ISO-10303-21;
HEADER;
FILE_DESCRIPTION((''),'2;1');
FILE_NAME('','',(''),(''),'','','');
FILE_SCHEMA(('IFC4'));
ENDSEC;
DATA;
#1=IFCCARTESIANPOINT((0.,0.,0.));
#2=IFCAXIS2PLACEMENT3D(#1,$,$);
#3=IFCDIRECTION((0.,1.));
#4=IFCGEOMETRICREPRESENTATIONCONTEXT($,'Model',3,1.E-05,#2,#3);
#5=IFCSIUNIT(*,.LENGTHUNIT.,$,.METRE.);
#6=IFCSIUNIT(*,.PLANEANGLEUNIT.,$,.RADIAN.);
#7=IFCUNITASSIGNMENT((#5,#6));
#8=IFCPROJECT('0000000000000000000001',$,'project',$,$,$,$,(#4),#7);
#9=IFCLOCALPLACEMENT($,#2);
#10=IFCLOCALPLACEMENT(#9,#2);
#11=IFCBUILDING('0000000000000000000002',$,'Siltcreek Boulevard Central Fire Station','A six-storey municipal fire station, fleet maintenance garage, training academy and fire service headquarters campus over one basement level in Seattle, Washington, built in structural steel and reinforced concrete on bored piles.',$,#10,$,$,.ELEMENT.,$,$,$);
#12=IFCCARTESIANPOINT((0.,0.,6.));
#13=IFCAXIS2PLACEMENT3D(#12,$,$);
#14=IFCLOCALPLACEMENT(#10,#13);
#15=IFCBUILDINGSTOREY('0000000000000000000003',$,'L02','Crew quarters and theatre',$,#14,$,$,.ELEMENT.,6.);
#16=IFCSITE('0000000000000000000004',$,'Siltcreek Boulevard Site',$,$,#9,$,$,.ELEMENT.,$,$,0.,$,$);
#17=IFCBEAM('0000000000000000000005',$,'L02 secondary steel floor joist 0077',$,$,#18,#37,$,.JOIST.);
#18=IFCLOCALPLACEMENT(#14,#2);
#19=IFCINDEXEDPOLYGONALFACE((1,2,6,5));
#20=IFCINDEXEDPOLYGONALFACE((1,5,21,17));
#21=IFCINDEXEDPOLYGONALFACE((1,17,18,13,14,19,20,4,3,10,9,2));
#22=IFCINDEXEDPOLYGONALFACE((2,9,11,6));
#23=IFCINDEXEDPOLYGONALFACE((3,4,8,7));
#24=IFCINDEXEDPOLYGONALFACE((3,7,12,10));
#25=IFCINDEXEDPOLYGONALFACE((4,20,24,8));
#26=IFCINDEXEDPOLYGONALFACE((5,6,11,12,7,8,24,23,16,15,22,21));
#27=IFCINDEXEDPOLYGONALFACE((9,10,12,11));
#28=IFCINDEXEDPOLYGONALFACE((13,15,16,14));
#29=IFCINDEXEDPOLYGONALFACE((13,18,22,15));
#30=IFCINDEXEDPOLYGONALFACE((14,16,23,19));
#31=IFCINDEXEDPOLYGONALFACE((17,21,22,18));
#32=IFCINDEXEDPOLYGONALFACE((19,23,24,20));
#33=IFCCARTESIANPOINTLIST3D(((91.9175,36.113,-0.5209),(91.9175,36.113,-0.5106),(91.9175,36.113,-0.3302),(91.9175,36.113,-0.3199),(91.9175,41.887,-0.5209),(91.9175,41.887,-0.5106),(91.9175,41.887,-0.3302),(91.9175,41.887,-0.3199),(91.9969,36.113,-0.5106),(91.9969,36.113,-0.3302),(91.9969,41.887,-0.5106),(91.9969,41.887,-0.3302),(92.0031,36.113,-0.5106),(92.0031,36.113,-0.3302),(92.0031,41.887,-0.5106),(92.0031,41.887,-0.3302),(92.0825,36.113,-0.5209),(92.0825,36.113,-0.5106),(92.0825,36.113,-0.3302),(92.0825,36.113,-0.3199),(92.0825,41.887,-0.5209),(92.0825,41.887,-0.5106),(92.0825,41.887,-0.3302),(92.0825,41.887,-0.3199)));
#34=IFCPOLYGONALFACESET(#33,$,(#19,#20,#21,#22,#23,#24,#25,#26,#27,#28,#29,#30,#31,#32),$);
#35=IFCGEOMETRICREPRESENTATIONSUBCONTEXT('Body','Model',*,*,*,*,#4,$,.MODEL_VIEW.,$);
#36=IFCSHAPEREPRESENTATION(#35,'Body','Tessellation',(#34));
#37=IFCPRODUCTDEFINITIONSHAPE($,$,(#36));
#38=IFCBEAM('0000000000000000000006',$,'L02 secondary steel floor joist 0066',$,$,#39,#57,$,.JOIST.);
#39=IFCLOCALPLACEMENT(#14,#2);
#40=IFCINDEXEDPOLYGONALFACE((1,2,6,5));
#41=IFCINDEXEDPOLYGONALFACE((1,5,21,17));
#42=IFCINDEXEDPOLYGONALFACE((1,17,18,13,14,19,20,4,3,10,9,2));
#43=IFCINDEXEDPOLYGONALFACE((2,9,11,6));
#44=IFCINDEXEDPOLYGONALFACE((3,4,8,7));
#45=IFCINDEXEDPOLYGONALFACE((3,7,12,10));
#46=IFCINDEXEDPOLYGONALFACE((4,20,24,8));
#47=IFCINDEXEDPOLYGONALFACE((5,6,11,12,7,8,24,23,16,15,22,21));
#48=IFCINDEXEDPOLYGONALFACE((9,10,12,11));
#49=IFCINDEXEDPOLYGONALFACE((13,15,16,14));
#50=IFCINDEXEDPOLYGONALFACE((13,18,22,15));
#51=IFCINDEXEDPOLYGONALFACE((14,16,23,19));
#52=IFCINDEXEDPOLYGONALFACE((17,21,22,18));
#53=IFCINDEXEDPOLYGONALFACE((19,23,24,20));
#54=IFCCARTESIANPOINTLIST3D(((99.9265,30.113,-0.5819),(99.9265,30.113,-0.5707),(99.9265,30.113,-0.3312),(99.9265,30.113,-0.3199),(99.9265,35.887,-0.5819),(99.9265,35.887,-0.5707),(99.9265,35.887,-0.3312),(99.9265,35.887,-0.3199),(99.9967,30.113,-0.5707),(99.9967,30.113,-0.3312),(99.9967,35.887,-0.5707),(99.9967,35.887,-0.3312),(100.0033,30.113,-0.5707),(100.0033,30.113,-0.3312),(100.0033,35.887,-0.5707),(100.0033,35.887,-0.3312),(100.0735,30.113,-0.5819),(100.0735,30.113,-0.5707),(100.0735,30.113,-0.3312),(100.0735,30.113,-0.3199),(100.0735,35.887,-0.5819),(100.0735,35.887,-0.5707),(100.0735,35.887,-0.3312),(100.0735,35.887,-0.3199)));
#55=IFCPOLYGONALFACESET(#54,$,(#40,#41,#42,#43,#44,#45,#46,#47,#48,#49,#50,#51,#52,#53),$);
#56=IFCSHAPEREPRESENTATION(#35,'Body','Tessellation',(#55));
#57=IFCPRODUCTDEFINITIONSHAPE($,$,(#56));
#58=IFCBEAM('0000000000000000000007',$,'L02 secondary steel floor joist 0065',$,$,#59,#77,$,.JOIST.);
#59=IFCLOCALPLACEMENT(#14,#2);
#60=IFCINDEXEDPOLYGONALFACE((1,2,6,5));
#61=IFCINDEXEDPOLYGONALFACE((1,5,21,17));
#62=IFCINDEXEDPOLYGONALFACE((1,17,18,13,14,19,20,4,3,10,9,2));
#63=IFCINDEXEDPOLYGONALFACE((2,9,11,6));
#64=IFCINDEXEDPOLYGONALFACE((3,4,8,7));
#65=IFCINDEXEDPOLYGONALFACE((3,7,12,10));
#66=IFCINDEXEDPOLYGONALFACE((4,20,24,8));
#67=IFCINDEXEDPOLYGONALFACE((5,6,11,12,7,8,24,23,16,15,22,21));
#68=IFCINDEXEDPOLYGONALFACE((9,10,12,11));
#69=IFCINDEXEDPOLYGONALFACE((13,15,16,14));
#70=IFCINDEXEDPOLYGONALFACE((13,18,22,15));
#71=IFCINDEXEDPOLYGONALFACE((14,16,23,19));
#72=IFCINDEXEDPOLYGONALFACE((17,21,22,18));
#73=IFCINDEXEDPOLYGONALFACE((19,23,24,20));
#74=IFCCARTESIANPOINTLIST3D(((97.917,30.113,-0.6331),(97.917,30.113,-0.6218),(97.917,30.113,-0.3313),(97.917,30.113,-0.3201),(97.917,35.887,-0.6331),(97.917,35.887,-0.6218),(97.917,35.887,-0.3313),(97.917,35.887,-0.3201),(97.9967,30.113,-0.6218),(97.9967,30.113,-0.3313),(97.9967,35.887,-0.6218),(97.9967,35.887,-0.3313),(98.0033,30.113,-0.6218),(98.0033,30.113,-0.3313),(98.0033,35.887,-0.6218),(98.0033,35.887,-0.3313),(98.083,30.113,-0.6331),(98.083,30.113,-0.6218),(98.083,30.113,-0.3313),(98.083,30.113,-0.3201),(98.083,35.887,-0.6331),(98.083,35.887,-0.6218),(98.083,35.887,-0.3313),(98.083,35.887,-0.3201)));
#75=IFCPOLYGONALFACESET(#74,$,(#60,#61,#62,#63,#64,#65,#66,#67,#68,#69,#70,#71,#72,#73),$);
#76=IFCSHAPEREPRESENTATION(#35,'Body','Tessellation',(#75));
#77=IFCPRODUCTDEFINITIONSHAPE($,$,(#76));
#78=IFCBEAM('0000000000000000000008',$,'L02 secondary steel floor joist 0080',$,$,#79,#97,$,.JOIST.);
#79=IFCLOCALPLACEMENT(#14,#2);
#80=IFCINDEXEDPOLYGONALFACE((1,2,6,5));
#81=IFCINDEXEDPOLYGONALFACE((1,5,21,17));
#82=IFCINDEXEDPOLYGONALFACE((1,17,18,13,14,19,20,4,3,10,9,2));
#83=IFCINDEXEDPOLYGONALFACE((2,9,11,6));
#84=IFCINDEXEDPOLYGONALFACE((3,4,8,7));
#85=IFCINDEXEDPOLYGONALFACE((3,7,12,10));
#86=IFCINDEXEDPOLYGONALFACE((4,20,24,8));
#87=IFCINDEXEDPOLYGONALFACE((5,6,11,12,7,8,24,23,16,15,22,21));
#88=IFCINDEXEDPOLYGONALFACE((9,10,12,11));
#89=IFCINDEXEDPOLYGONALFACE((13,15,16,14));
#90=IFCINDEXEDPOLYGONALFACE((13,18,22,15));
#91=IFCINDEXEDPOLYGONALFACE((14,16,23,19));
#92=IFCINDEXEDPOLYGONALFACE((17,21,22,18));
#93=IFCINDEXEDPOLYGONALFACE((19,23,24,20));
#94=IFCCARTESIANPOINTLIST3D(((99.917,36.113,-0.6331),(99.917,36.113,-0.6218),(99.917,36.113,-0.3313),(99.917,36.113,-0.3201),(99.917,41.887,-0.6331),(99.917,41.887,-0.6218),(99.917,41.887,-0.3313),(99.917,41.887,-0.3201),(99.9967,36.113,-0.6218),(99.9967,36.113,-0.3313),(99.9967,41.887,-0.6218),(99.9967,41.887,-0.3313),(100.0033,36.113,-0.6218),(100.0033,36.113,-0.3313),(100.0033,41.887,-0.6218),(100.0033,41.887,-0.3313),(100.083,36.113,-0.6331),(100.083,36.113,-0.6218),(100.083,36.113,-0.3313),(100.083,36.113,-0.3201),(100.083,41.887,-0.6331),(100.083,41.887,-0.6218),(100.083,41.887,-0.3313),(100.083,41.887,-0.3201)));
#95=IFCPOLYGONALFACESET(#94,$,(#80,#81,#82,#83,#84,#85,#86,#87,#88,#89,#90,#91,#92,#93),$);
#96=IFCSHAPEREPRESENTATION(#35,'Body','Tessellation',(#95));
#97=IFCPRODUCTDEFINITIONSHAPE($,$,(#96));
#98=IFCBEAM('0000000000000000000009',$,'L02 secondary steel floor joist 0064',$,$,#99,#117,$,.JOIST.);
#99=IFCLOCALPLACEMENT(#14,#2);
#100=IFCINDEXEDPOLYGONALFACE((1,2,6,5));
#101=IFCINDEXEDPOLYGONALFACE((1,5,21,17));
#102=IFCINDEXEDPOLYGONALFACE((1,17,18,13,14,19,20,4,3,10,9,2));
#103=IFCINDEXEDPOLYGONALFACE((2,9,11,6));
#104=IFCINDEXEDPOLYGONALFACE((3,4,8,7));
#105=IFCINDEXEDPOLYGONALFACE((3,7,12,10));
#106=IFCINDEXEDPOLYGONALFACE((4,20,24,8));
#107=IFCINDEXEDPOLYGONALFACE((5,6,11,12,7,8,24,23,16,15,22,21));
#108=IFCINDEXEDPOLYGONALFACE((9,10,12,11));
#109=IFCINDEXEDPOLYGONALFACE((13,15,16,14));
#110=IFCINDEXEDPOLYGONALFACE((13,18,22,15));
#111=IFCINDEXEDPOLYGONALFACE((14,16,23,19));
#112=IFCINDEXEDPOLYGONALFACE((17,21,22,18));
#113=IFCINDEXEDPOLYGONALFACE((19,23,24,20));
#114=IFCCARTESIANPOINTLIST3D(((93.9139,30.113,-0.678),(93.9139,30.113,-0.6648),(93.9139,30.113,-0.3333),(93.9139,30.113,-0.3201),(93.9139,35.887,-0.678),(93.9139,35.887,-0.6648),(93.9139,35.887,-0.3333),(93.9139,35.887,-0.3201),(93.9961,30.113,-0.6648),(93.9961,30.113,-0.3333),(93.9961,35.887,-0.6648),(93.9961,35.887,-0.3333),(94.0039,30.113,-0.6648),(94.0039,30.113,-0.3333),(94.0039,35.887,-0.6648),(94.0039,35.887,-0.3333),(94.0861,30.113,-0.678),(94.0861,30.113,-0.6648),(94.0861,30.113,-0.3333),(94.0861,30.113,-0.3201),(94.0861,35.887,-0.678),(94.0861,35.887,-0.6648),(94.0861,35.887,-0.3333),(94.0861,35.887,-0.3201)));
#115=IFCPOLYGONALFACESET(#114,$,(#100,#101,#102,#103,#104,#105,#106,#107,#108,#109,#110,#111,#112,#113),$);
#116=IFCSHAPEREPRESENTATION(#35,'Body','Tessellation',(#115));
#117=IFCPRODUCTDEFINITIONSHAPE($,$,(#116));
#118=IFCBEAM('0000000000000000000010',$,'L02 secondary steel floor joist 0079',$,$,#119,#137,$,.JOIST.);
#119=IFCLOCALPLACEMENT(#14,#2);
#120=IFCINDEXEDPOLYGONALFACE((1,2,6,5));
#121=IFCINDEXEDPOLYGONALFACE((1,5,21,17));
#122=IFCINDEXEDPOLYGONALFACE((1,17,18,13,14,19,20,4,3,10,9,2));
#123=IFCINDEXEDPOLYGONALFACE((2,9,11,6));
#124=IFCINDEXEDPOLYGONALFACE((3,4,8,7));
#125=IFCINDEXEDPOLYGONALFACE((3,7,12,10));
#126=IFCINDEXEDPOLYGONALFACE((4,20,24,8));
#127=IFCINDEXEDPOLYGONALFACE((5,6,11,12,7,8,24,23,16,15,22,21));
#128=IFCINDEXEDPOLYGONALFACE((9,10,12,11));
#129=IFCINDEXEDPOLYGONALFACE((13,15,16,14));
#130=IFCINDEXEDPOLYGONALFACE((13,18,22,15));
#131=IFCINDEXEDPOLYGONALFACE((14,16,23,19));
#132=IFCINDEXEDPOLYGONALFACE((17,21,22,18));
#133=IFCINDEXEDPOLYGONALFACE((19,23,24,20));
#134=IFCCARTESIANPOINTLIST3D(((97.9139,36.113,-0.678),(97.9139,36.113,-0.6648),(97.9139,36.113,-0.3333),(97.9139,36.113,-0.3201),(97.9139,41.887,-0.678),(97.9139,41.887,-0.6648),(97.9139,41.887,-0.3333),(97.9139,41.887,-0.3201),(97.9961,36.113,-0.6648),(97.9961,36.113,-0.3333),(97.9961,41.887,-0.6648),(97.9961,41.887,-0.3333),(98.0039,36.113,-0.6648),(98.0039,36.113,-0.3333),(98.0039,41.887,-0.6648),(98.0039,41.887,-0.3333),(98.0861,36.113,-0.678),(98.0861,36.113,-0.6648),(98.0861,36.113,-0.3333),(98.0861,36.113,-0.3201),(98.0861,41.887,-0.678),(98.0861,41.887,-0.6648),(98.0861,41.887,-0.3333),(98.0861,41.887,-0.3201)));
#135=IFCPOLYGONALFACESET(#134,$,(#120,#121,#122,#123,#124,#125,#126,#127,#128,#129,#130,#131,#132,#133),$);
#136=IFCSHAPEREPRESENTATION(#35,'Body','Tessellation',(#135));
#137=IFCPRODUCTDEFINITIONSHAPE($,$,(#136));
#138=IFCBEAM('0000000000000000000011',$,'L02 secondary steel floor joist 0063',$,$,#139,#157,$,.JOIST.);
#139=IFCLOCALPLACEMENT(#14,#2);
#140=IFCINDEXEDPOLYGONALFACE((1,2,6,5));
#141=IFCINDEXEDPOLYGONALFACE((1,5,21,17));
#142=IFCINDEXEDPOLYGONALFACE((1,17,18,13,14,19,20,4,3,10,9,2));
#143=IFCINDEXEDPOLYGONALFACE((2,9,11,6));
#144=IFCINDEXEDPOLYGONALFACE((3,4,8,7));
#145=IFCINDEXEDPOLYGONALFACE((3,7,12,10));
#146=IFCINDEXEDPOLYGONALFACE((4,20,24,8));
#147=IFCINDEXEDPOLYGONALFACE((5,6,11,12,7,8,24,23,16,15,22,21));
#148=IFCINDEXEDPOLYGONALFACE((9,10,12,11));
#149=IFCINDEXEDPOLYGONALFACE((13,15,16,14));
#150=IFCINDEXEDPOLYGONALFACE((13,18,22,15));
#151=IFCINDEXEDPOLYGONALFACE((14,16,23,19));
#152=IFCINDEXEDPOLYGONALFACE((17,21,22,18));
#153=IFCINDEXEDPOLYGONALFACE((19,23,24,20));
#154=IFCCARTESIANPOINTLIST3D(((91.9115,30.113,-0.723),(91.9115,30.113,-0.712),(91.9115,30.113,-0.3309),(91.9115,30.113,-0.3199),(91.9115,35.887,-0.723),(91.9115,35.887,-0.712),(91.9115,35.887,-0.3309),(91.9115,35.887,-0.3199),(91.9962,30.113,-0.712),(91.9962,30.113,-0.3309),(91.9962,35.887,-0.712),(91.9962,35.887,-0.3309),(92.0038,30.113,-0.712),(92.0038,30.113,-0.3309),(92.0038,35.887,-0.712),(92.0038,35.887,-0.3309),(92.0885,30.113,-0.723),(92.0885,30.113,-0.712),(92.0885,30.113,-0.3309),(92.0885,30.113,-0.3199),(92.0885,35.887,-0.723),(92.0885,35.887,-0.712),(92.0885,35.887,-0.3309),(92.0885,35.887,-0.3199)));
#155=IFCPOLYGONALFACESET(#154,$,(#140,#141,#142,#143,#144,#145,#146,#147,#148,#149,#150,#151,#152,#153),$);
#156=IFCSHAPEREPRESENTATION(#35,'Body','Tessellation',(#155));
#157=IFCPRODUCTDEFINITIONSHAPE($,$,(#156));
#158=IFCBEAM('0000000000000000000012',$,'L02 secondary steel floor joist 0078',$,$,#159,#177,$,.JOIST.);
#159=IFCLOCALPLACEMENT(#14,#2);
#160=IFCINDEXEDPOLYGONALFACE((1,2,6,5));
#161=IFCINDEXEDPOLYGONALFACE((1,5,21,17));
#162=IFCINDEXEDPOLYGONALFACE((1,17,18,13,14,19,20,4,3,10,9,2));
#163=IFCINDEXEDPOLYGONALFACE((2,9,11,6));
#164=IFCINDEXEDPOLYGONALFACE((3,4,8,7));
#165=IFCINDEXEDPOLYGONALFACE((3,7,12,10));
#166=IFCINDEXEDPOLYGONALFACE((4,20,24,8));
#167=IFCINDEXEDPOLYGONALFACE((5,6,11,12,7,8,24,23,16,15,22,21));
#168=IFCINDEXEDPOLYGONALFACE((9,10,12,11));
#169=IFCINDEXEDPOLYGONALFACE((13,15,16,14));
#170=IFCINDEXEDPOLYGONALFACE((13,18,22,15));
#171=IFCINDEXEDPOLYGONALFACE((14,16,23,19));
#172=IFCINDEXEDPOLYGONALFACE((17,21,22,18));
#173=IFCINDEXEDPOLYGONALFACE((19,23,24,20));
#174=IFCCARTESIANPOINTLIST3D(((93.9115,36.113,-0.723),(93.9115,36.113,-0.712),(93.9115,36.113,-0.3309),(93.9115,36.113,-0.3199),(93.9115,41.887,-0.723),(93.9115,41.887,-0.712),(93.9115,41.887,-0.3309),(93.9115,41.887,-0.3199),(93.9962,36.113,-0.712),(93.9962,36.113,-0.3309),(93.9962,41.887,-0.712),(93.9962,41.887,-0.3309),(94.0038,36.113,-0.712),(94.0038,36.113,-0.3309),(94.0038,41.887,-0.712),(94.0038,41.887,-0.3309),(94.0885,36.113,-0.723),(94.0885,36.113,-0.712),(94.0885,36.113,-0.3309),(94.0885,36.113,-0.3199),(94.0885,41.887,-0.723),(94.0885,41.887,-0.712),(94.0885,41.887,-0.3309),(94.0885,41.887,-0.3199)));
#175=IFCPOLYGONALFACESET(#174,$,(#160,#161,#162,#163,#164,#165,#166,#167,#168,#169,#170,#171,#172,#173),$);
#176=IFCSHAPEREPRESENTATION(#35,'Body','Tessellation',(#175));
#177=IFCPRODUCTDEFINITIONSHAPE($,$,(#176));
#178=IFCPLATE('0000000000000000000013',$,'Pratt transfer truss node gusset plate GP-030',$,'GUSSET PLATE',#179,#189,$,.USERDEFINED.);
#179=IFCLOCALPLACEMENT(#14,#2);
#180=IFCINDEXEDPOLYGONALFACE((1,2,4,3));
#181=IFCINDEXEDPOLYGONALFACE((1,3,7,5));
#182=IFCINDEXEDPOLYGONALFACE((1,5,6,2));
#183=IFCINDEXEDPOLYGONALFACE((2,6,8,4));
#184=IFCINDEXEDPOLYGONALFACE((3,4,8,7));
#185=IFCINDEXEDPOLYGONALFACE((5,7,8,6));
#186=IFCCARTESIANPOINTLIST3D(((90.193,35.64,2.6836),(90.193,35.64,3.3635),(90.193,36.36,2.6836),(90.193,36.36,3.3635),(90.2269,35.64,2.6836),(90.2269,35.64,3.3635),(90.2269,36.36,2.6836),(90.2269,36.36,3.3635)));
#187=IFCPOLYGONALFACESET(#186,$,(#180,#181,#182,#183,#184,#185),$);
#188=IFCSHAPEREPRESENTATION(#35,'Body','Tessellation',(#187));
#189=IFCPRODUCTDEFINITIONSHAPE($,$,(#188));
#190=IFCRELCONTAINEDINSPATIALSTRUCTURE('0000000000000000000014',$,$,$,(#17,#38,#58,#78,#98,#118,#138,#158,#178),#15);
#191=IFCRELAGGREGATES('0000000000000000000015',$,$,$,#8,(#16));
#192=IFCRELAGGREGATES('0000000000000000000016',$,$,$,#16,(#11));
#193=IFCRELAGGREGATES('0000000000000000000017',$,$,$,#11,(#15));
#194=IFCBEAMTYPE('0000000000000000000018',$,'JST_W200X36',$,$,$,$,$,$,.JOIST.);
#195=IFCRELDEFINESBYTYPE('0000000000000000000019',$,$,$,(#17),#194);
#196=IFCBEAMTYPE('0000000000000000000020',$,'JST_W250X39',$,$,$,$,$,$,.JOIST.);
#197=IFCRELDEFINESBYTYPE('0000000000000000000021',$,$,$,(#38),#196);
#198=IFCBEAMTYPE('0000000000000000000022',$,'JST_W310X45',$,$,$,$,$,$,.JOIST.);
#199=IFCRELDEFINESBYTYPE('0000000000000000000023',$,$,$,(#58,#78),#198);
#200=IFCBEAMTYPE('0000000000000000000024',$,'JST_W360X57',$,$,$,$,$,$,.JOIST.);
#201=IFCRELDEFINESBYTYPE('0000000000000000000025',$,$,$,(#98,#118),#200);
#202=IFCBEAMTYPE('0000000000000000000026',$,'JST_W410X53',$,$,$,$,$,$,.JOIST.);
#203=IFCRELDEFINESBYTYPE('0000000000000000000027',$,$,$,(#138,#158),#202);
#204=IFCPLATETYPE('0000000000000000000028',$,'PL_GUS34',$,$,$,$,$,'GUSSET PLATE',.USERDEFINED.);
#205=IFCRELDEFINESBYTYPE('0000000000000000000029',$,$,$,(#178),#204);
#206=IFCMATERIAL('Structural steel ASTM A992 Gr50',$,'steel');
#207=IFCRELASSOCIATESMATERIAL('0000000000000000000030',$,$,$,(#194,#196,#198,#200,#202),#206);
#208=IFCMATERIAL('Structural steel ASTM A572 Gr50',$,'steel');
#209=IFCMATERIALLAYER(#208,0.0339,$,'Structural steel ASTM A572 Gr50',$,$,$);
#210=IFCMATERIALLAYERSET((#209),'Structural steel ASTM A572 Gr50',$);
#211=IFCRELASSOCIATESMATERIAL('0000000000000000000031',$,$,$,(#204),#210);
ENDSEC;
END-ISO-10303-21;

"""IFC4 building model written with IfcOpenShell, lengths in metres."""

from ifc_helpers import new_model, si_unit, direction, frame, origin, origin_2d, place, context, subcontext, project, spatial, rectangle, i_section, extrude, material, layer, layer_set, material_profile, profile_set, type_object, element, save


model = new_model("IFC4")

# Units and contexts
model_context = context("Model", 3, precision=1e-05, world=origin(), true_north=direction((0.0, 1.0)))
body_context = subcontext(model_context, "Body", "Model", "MODEL_VIEW")
ifc_project = project(units=[si_unit("LENGTHUNIT", "METRE"), si_unit("PLANEANGLEUNIT", "RADIAN")], contexts=[model_context])

# Site, building, storey
site_placement = place(None, origin())
site = spatial("IfcSite", under=ifc_project, at=site_placement, Name="Siltcreek Boulevard Site", CompositionType="ELEMENT", RefElevation=0.0)
building_placement = place(site_placement, origin())
building = spatial("IfcBuilding", under=site, at=building_placement, Name="Siltcreek Boulevard Central Fire Station", Description="A six-storey municipal fire station, fleet maintenance garage, training academy and fire service headquarters campus over one basement level in Seattle, Washington, built in structural steel and reinforced concrete on bored piles.", CompositionType="ELEMENT")
storey_placement = place(building_placement, frame((0.0, 0.0, 6.0)))
storey = spatial("IfcBuildingStorey", under=building, at=storey_placement, Name="L02", Description="Crew quarters and theatre", CompositionType="ELEMENT", Elevation=6.0)

# Shared definitions
ifc_material_1 = material(Name="Structural steel ASTM A992 Gr50", Category="steel")

# Beams
ifc_material_profile_1 = material_profile(ifc_material_1, i_section(OverallWidth=0.165, OverallDepth=0.2009, WebThickness=0.0061, FlangeThickness=0.0103, at=origin_2d()), Name="W200X36")
ifc_profile_set_1 = profile_set([ifc_material_profile_1], Name="Structural steel ASTM A992 Gr50")
beam_type_1 = type_object("IfcBeamType", Name="JST_W200X36", PredefinedType="JOIST", material=ifc_profile_set_1)
beam_1_placement = place(storey_placement, frame((92.0, 36.113, -0.4204), z_axis=(0.0, 1.0, 0.0), x_axis=(-1.0, 0.0, 0.0)))
element("IfcBeam", 1, at=beam_1_placement, inside=storey, type_object=beam_type_1, Name="L02 secondary steel floor joist 0077", PredefinedType="JOIST", context=body_context, shape_type="SweptSolid", body=[
    extrude(i_section(OverallWidth=0.165, OverallDepth=0.2009, WebThickness=0.0061, FlangeThickness=0.0103, at=origin_2d()), origin(), (0.0, 0.0, 1.0), 5.7739),
])
ifc_material_profile_2 = material_profile(ifc_material_1, i_section(OverallWidth=0.147, OverallDepth=0.262, WebThickness=0.0066, FlangeThickness=0.0112, at=origin_2d()), Name="W250X39")
ifc_profile_set_2 = profile_set([ifc_material_profile_2], Name="Structural steel ASTM A992 Gr50")
beam_type_2 = type_object("IfcBeamType", Name="JST_W250X39", PredefinedType="JOIST", material=ifc_profile_set_2)
beam_2_placement = place(storey_placement, frame((100.0, 30.113, -0.4509), z_axis=(0.0, 1.0, 0.0), x_axis=(-1.0, 0.0, 0.0)))
element("IfcBeam", 2, at=beam_2_placement, inside=storey, type_object=beam_type_2, Name="L02 secondary steel floor joist 0066", PredefinedType="JOIST", context=body_context, shape_type="SweptSolid", body=[
    extrude(i_section(OverallWidth=0.147, OverallDepth=0.262, WebThickness=0.0066, FlangeThickness=0.0112, at=origin_2d()), origin(), (0.0, 0.0, 1.0), 5.7739),
])
ifc_material_profile_3 = material_profile(ifc_material_1, i_section(OverallWidth=0.166, OverallDepth=0.313, WebThickness=0.0066, FlangeThickness=0.0112, at=origin_2d()), Name="W310X45")
ifc_profile_set_3 = profile_set([ifc_material_profile_3], Name="Structural steel ASTM A992 Gr50")
beam_type_3 = type_object("IfcBeamType", Name="JST_W310X45", PredefinedType="JOIST", material=ifc_profile_set_3)
for number, where, z_axis, x_axis, name in (
    (3, (98.0, 30.113, -0.4766), (0.0, 1.0, 0.0), (-1.0, 0.0, 0.0), "L02 secondary steel floor joist 0065"),
    (4, (100.0, 36.113, -0.4766), (0.0, 1.0, 0.0), (-1.0, 0.0, 0.0), "L02 secondary steel floor joist 0080"),
):
    element("IfcBeam", number, at=place(storey_placement, frame(where, z_axis=z_axis, x_axis=x_axis)), inside=storey, type_object=beam_type_3, Name=name, PredefinedType="JOIST", context=body_context, shape_type="SweptSolid", body=[
        extrude(i_section(OverallWidth=0.166, OverallDepth=0.313, WebThickness=0.0066, FlangeThickness=0.0112, at=origin_2d()), origin(), (0.0, 0.0, 1.0), 5.7739),
    ])
ifc_material_profile_4 = material_profile(ifc_material_1, i_section(OverallWidth=0.1721, OverallDepth=0.3579, WebThickness=0.0078, FlangeThickness=0.0132, at=origin_2d()), Name="W360X57")
ifc_profile_set_4 = profile_set([ifc_material_profile_4], Name="Structural steel ASTM A992 Gr50")
beam_type_4 = type_object("IfcBeamType", Name="JST_W360X57", PredefinedType="JOIST", material=ifc_profile_set_4)
for number, where, z_axis, x_axis, name in (
    (5, (94.0, 30.113, -0.499), (0.0, 1.0, 0.0), (-1.0, 0.0, 0.0), "L02 secondary steel floor joist 0064"),
    (6, (98.0, 36.113, -0.499), (0.0, 1.0, 0.0), (-1.0, 0.0, 0.0), "L02 secondary steel floor joist 0079"),
):
    element("IfcBeam", number, at=place(storey_placement, frame(where, z_axis=z_axis, x_axis=x_axis)), inside=storey, type_object=beam_type_4, Name=name, PredefinedType="JOIST", context=body_context, shape_type="SweptSolid", body=[
        extrude(i_section(OverallWidth=0.1721, OverallDepth=0.3579, WebThickness=0.0078, FlangeThickness=0.0132, at=origin_2d()), origin(), (0.0, 0.0, 1.0), 5.7739),
    ])
ifc_material_profile_5 = material_profile(ifc_material_1, i_section(OverallWidth=0.177, OverallDepth=0.4031, WebThickness=0.0076, FlangeThickness=0.011, at=origin_2d()), Name="W410X53")
ifc_profile_set_5 = profile_set([ifc_material_profile_5], Name="Structural steel ASTM A992 Gr50")
beam_type_5 = type_object("IfcBeamType", Name="JST_W410X53", PredefinedType="JOIST", material=ifc_profile_set_5)
for number, where, z_axis, x_axis, name in (
    (7, (92.0, 30.113, -0.5215), (0.0, 1.0, 0.0), (-1.0, 0.0, 0.0), "L02 secondary steel floor joist 0063"),
    (8, (94.0, 36.113, -0.5215), (0.0, 1.0, 0.0), (-1.0, 0.0, 0.0), "L02 secondary steel floor joist 0078"),
):
    element("IfcBeam", number, at=place(storey_placement, frame(where, z_axis=z_axis, x_axis=x_axis)), inside=storey, type_object=beam_type_5, Name=name, PredefinedType="JOIST", context=body_context, shape_type="SweptSolid", body=[
        extrude(i_section(OverallWidth=0.177, OverallDepth=0.4031, WebThickness=0.0076, FlangeThickness=0.011, at=origin_2d()), origin(), (0.0, 0.0, 1.0), 5.7739),
    ])

# Plate
ifc_material_2 = material(Name="Structural steel ASTM A572 Gr50", Category="steel")
ifc_layer_1 = layer(ifc_material_2, 0.0339, Name="Structural steel ASTM A572 Gr50")
ifc_layer_set_1 = layer_set([ifc_layer_1], Name="Structural steel ASTM A572 Gr50")
plate_type_1 = type_object("IfcPlateType", Name="PL_GUS34", ElementType="GUSSET PLATE", PredefinedType="USERDEFINED", material=ifc_layer_set_1)
plate_1_placement = place(storey_placement, frame((90.21, 36.0, 2.6836), z_axis=(0.0, 0.0, 1.0), x_axis=(1.0, 0.0, 0.0)))
element("IfcPlate", 9, at=plate_1_placement, inside=storey, type_object=plate_type_1, Name="Pratt transfer truss node gusset plate GP-030", ObjectType="GUSSET PLATE", PredefinedType="USERDEFINED", context=body_context, shape_type="SweptSolid", body=[
    extrude(rectangle(XDim=0.0339, YDim=0.72, at=origin_2d()), origin(), (0.0, 0.0, 1.0), 0.6799),
])

save(model, "model.ifc")
